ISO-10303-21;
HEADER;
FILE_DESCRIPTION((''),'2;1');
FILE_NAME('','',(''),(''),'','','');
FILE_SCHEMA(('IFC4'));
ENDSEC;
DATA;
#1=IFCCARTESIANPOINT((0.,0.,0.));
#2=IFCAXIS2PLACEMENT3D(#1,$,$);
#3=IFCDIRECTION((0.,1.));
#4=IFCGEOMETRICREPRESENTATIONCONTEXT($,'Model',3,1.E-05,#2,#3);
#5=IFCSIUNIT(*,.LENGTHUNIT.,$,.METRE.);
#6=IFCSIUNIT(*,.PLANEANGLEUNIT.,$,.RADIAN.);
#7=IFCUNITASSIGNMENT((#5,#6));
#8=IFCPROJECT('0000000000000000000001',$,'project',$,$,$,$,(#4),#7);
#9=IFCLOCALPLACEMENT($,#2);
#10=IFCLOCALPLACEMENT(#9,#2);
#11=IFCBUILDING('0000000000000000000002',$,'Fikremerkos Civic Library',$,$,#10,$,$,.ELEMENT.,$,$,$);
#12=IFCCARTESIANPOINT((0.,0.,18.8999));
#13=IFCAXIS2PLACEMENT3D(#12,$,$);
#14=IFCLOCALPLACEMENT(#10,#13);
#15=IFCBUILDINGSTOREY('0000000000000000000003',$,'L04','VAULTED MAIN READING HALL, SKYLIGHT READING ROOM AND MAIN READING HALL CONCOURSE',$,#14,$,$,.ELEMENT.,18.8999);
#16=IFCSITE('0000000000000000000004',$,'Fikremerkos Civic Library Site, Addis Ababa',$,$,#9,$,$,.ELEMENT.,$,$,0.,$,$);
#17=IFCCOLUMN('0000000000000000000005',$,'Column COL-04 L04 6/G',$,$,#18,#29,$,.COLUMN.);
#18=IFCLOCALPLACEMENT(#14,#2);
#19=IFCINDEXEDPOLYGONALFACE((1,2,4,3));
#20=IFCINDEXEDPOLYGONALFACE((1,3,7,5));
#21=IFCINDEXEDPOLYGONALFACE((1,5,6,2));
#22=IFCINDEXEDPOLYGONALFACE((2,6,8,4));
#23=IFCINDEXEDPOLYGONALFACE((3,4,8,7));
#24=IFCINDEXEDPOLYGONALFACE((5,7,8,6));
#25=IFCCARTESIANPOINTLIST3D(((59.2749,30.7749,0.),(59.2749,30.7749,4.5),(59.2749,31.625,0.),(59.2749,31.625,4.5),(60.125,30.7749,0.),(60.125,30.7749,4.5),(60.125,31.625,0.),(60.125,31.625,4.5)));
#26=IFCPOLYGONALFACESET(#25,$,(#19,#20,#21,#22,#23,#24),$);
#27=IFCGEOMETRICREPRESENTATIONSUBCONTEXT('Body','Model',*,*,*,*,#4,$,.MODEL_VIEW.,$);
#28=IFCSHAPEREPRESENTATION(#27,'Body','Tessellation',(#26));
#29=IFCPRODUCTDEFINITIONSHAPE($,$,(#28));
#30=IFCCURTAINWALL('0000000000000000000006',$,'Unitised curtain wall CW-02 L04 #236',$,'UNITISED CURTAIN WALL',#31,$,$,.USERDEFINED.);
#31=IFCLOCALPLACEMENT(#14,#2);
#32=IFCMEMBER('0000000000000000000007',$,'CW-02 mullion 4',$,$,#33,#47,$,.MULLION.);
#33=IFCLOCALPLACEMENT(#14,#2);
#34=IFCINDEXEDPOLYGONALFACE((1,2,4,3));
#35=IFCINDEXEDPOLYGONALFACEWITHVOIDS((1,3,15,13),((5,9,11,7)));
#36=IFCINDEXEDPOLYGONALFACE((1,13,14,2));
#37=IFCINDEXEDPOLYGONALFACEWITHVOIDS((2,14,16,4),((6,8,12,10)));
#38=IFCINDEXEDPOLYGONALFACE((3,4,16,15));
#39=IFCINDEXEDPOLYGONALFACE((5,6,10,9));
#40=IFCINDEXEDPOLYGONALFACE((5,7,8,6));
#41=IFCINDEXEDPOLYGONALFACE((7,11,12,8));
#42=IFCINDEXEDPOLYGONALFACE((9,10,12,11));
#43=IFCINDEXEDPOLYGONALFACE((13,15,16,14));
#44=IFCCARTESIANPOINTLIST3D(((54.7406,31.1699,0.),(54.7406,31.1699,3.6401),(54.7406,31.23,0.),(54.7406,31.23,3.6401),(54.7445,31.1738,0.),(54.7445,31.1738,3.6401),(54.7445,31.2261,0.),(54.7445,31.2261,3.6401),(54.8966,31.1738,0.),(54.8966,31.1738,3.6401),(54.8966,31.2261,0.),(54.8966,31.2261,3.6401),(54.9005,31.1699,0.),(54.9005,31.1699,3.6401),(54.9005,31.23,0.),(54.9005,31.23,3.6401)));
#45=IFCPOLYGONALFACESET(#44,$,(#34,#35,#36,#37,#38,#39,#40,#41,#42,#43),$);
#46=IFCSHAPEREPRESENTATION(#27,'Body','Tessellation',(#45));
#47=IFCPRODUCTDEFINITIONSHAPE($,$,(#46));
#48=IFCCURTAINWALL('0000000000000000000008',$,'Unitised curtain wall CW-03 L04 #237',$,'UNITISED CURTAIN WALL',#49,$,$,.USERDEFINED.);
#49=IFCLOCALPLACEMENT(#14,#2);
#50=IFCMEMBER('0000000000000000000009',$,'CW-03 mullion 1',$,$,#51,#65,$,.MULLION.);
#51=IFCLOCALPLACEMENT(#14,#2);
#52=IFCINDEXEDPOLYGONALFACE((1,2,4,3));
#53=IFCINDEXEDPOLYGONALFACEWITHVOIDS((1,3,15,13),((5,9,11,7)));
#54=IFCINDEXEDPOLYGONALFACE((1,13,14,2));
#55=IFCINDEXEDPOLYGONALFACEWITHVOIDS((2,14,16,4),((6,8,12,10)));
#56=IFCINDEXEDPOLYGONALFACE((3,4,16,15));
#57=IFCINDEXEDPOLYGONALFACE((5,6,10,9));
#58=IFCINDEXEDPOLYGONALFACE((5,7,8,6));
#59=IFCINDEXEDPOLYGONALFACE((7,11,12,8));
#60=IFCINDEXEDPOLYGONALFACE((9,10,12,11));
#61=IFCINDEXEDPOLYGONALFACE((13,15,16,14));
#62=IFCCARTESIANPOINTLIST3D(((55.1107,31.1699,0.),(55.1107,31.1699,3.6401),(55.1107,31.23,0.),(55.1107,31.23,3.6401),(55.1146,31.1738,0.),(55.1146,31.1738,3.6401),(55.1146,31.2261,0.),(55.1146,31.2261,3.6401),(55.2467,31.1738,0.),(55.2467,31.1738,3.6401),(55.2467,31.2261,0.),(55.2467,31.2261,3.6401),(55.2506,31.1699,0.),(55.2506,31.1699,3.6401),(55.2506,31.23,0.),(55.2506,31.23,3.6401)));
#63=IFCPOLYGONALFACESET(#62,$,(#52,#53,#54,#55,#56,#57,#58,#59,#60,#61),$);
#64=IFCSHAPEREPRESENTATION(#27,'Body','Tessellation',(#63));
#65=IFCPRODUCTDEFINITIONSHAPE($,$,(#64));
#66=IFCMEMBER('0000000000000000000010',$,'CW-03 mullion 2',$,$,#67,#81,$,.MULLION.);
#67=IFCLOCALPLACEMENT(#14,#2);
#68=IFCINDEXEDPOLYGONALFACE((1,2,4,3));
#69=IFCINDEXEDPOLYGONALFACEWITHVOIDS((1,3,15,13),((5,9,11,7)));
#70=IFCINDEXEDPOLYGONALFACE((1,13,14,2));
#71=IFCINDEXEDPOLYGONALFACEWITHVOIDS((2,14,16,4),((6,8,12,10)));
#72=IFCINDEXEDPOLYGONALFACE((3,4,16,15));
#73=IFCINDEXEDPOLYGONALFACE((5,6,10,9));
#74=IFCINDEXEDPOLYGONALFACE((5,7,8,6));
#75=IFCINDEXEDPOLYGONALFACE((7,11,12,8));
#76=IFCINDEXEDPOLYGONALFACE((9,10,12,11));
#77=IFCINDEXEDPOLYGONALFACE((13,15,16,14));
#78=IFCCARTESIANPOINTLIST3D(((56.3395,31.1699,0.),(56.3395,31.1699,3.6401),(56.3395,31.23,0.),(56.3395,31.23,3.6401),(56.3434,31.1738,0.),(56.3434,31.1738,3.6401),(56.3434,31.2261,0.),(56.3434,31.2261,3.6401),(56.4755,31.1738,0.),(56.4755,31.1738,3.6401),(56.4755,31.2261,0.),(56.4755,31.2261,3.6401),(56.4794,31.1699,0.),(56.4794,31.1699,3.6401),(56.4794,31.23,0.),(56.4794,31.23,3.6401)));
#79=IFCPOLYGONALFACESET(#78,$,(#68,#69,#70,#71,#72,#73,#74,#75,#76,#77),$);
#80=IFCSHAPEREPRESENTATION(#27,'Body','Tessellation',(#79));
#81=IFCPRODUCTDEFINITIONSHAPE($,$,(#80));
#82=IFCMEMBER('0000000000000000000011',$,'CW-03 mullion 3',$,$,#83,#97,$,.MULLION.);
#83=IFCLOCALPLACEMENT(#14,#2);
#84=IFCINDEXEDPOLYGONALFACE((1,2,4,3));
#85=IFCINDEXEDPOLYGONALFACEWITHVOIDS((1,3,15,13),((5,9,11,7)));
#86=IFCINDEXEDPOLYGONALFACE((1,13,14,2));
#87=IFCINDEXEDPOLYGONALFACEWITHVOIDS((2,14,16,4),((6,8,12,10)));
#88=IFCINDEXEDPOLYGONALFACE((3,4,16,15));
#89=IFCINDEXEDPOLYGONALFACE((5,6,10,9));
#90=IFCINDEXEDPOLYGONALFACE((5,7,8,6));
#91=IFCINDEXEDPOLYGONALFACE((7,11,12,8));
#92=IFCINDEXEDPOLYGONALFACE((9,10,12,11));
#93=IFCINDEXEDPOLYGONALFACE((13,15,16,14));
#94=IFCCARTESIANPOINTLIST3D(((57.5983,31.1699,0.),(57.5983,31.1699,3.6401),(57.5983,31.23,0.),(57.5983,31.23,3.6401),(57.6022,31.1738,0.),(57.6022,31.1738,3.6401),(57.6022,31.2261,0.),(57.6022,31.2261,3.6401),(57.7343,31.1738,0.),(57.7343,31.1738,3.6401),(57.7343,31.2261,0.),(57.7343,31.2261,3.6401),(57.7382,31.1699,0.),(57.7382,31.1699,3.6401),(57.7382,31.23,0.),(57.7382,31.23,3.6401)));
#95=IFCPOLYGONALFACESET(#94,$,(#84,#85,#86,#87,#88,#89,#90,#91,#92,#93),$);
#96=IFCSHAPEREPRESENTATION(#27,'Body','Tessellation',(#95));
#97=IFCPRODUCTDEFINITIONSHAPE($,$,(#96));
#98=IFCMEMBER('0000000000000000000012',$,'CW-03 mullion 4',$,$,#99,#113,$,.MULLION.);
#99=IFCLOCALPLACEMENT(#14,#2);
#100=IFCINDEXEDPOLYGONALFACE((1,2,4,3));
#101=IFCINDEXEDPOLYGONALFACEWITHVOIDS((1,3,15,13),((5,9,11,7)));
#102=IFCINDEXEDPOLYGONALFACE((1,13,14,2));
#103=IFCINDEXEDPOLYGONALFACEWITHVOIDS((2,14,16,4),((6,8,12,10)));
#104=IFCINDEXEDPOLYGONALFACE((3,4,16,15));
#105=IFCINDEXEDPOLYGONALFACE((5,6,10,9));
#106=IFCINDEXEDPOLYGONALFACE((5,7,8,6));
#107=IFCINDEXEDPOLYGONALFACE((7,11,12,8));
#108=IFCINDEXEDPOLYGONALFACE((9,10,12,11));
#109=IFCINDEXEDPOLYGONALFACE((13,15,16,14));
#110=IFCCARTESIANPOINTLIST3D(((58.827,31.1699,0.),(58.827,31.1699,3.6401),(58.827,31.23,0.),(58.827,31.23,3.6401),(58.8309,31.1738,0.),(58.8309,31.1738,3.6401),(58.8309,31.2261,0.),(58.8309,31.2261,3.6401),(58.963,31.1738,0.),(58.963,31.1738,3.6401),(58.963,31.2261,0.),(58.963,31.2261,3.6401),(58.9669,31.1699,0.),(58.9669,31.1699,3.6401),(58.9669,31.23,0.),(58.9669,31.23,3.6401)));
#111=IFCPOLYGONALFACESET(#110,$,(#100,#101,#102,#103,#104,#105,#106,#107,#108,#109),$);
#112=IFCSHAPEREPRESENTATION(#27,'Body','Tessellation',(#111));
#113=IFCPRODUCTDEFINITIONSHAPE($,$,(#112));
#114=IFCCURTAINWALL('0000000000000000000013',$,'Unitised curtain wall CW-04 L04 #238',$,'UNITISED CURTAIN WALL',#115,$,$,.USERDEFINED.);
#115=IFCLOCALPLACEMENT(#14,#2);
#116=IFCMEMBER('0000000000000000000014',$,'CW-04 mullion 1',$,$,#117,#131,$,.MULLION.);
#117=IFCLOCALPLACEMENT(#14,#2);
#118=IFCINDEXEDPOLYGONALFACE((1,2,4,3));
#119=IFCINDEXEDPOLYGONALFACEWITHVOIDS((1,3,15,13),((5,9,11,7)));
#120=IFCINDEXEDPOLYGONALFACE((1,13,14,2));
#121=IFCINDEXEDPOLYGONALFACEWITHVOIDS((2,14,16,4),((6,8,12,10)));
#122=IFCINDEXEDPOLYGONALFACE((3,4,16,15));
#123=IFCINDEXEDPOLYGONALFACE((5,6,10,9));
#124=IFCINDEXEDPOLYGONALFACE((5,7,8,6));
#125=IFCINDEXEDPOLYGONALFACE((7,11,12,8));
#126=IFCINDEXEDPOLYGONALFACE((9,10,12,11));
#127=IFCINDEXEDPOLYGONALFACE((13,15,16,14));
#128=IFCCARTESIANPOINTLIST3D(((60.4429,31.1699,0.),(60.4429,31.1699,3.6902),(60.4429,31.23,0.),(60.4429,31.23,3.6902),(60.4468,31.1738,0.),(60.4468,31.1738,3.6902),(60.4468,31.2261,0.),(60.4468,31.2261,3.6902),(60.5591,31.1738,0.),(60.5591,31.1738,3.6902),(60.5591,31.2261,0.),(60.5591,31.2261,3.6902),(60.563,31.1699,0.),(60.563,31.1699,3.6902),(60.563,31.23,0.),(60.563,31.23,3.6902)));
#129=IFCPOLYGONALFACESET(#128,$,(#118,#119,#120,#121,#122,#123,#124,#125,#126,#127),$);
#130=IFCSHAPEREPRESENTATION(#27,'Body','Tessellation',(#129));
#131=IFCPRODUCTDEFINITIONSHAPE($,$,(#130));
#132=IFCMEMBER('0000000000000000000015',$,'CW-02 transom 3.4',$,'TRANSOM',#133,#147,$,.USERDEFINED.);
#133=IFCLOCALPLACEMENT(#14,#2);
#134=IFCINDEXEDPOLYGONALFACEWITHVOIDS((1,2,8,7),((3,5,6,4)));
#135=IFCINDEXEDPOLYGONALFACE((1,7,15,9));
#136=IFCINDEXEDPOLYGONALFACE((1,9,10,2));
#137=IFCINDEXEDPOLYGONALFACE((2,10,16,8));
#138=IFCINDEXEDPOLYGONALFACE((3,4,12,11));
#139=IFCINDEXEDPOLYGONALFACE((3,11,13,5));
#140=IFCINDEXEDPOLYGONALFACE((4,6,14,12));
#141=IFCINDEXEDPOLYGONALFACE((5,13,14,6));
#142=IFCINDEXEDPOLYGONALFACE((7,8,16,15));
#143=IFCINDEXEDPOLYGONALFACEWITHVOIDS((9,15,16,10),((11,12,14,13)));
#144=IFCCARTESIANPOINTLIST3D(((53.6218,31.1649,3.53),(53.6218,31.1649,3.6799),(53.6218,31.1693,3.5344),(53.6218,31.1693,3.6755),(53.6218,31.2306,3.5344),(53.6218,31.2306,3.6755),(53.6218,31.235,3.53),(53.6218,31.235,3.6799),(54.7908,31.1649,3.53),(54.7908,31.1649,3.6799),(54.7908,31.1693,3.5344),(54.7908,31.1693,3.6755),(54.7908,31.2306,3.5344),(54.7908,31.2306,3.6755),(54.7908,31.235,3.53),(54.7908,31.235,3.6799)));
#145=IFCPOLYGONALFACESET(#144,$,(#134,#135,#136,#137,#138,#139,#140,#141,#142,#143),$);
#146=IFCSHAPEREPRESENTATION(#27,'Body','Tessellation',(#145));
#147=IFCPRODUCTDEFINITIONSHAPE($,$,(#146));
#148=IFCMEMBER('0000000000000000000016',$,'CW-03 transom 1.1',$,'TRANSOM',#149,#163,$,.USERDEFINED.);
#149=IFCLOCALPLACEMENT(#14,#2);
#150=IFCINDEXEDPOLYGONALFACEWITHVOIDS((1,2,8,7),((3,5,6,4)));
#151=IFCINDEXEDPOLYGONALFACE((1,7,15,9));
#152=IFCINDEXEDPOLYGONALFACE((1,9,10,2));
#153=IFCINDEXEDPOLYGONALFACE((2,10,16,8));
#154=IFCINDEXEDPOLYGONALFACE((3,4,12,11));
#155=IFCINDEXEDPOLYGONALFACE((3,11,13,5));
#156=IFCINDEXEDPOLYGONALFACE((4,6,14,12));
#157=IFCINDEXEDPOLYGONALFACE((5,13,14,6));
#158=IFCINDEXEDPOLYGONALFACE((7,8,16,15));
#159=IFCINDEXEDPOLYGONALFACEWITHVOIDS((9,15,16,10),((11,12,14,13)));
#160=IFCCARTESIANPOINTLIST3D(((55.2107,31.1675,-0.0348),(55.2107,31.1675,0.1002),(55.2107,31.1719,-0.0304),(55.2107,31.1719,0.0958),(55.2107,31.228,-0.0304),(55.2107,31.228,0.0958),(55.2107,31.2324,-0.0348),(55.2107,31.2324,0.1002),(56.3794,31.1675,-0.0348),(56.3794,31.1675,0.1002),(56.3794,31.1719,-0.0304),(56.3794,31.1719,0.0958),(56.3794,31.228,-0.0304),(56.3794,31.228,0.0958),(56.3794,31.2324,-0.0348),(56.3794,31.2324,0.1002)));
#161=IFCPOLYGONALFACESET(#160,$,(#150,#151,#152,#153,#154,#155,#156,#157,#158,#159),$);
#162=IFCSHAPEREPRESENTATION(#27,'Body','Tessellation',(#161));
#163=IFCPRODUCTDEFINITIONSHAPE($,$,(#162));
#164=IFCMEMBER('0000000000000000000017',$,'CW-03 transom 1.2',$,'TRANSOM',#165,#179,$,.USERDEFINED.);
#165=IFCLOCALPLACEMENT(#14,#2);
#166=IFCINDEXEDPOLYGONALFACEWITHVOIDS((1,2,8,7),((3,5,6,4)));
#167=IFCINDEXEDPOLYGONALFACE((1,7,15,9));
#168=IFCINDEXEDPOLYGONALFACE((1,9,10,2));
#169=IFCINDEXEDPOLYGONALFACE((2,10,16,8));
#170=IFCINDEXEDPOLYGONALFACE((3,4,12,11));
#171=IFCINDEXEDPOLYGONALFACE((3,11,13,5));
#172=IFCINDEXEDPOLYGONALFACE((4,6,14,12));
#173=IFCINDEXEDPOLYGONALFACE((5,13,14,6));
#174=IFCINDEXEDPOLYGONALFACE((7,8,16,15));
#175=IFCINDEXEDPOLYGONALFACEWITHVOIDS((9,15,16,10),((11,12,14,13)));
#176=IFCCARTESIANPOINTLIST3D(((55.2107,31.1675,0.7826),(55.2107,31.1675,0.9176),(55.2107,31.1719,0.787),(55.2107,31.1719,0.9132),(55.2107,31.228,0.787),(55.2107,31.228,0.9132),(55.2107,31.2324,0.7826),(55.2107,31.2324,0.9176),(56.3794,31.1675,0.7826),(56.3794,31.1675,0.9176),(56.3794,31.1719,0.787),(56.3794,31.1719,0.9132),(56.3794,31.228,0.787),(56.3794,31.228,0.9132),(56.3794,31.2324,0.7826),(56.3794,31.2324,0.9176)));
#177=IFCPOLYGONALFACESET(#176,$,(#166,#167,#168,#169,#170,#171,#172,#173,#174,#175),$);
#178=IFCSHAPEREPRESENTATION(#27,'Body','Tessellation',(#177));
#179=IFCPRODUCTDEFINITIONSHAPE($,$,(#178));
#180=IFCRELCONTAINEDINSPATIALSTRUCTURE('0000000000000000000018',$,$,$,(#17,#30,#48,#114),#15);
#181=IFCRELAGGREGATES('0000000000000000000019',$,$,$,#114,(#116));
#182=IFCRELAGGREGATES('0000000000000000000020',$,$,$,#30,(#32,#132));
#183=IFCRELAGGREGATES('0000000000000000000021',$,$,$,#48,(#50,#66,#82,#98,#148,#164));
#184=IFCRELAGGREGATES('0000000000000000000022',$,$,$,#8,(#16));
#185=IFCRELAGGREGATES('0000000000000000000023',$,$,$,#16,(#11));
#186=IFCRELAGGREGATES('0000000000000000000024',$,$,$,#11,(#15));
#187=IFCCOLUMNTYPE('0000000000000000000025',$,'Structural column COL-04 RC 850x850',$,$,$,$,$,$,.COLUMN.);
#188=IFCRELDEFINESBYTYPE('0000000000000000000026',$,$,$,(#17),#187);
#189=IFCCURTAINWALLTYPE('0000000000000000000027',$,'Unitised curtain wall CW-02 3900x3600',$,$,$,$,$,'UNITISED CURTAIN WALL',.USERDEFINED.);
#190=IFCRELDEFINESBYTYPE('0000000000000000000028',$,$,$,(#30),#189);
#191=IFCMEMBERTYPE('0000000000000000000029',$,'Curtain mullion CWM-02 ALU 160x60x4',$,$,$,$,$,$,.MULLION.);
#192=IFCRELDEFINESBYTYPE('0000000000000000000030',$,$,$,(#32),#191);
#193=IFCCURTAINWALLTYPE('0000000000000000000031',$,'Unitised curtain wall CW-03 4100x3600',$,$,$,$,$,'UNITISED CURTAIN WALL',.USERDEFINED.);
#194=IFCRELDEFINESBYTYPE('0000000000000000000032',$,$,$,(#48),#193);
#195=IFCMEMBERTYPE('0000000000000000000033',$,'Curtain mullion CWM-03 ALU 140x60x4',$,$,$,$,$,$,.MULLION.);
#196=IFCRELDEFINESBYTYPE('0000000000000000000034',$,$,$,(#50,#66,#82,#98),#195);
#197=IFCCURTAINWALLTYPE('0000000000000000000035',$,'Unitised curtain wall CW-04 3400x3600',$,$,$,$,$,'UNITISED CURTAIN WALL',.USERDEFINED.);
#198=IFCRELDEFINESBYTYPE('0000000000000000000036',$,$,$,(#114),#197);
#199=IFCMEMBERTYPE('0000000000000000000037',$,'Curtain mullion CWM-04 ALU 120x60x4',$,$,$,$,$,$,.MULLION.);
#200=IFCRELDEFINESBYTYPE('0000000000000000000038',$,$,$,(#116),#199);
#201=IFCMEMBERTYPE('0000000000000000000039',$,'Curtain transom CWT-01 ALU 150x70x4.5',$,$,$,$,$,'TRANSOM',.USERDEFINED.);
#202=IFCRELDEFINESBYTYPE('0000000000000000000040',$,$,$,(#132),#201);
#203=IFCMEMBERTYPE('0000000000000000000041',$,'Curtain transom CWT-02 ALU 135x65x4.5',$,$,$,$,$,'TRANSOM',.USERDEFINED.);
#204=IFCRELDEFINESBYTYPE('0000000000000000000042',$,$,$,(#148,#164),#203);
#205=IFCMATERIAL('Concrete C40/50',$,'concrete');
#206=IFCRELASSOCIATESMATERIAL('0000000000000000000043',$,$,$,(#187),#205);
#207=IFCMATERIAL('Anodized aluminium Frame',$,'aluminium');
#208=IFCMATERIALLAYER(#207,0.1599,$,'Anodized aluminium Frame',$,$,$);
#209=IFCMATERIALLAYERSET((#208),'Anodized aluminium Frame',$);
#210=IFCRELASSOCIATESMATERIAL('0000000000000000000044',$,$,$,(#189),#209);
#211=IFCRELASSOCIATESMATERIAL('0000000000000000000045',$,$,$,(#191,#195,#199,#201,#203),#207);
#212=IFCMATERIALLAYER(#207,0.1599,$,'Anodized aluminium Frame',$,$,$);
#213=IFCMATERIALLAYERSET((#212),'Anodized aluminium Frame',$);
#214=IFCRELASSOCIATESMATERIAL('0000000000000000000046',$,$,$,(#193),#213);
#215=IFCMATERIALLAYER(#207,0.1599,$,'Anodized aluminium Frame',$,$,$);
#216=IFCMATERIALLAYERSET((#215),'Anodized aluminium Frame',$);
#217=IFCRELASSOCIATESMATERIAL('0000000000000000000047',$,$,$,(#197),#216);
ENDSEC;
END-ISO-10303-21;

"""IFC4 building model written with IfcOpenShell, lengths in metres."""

from ifc_helpers import new_model, si_unit, direction, frame, origin, origin_2d, place, context, subcontext, project, spatial, rectangle, hollow_rectangle, extrude, material, layer, layer_set, material_profile, profile_set, type_object, element, aggregate, save


model = new_model("IFC4")

# Units and contexts
model_context = context("Model", 3, precision=1e-05, world=origin(), true_north=direction((0.0, 1.0)))
body_context = subcontext(model_context, "Body", "Model", "MODEL_VIEW")
ifc_project = project(units=[si_unit("LENGTHUNIT", "METRE"), si_unit("PLANEANGLEUNIT", "RADIAN")], contexts=[model_context])

# Site, building, storey
site_placement = place(None, origin())
site = spatial("IfcSite", under=ifc_project, at=site_placement, Name="Fikremerkos Civic Library Site, Addis Ababa", CompositionType="ELEMENT", RefElevation=0.0)
building_placement = place(site_placement, origin())
building = spatial("IfcBuilding", under=site, at=building_placement, Name="Fikremerkos Civic Library", CompositionType="ELEMENT")
storey_placement = place(building_placement, frame((0.0, 0.0, 18.8999)))
storey = spatial("IfcBuildingStorey", under=building, at=storey_placement, Name="L04", Description="VAULTED MAIN READING HALL, SKYLIGHT READING ROOM AND MAIN READING HALL CONCOURSE", CompositionType="ELEMENT", Elevation=18.8999)

# Column
ifc_material_1 = material(Name="Concrete C40/50", Category="concrete")
ifc_material_profile_1 = material_profile(ifc_material_1, rectangle(XDim=0.8501, YDim=0.8501, at=origin_2d()), Name="RC 850x850")
ifc_profile_set_1 = profile_set([ifc_material_profile_1], Name="Concrete C40/50")
column_type = type_object("IfcColumnType", Name="Structural column COL-04 RC 850x850", PredefinedType="COLUMN", material=ifc_profile_set_1)
column_placement = place(storey_placement, frame((59.7, 31.2, 0.0), z_axis=(0.0, 0.0, 1.0), x_axis=(1.0, 0.0, 0.0)))
element("IfcColumn", 1, at=column_placement, inside=storey, type_object=column_type, Name="Column COL-04 L04 6/G", PredefinedType="COLUMN", context=body_context, shape_type="SweptSolid", body=[
    extrude(rectangle(XDim=0.8501, YDim=0.8501, at=origin_2d()), origin(), (0.0, 0.0, 1.0), 4.5),
])

# Curtain wall, member
ifc_material_2 = material(Name="Anodized aluminium Frame", Category="aluminium")
ifc_layer_1 = layer(ifc_material_2, 0.1599, Name="Anodized aluminium Frame")
ifc_layer_set_1 = layer_set([ifc_layer_1], Name="Anodized aluminium Frame")
curtain_wall_type_1 = type_object("IfcCurtainWallType", Name="Unitised curtain wall CW-02 3900x3600", ElementType="UNITISED CURTAIN WALL", PredefinedType="USERDEFINED", material=ifc_layer_set_1)
curtain_wall_1_placement = place(storey_placement, origin())
curtain_wall_1 = element("IfcCurtainWall", 2, at=curtain_wall_1_placement, inside=storey, type_object=curtain_wall_type_1, Name="Unitised curtain wall CW-02 L04 #236", ObjectType="UNITISED CURTAIN WALL", PredefinedType="USERDEFINED")
ifc_material_profile_2 = material_profile(ifc_material_2, hollow_rectangle(XDim=0.0601, YDim=0.1599, WallThickness=0.0039, at=origin_2d()), Name="ALU 160x60x4")
ifc_profile_set_2 = profile_set([ifc_material_profile_2], Name="Anodized aluminium Frame")
member_type_1 = type_object("IfcMemberType", Name="Curtain mullion CWM-02 ALU 160x60x4", PredefinedType="MULLION", material=ifc_profile_set_2)
member_1_placement = place(storey_placement, frame((54.8206, 31.2, 0.0), z_axis=(0.0, 0.0, 1.0), x_axis=(0.0, 1.0, 0.0)))
member_1 = element("IfcMember", 3, at=member_1_placement, type_object=member_type_1, Name="CW-02 mullion 4", PredefinedType="MULLION", context=body_context, shape_type="SweptSolid", body=[
    extrude(hollow_rectangle(XDim=0.0601, YDim=0.1599, WallThickness=0.0039, at=origin_2d()), origin(), (0.0, 0.0, 1.0), 3.6401),
])

# Curtain wall, members
ifc_layer_2 = layer(ifc_material_2, 0.1599, Name="Anodized aluminium Frame")
ifc_layer_set_2 = layer_set([ifc_layer_2], Name="Anodized aluminium Frame")
curtain_wall_type_2 = type_object("IfcCurtainWallType", Name="Unitised curtain wall CW-03 4100x3600", ElementType="UNITISED CURTAIN WALL", PredefinedType="USERDEFINED", material=ifc_layer_set_2)
curtain_wall_2_placement = place(storey_placement, origin())
curtain_wall_2 = element("IfcCurtainWall", 4, at=curtain_wall_2_placement, inside=storey, type_object=curtain_wall_type_2, Name="Unitised curtain wall CW-03 L04 #237", ObjectType="UNITISED CURTAIN WALL", PredefinedType="USERDEFINED")
ifc_material_profile_3 = material_profile(ifc_material_2, hollow_rectangle(XDim=0.0601, YDim=0.1399, WallThickness=0.0039, at=origin_2d()), Name="ALU 140x60x4")
ifc_profile_set_3 = profile_set([ifc_material_profile_3], Name="Anodized aluminium Frame")
member_type_2 = type_object("IfcMemberType", Name="Curtain mullion CWM-03 ALU 140x60x4", PredefinedType="MULLION", material=ifc_profile_set_3)
member_2_placement = place(storey_placement, frame((55.1807, 31.2, 0.0), z_axis=(0.0, 0.0, 1.0), x_axis=(0.0, 1.0, 0.0)))
member_2 = element("IfcMember", 5, at=member_2_placement, type_object=member_type_2, Name="CW-03 mullion 1", PredefinedType="MULLION", context=body_context, shape_type="SweptSolid", body=[
    extrude(hollow_rectangle(XDim=0.0601, YDim=0.1399, WallThickness=0.0039, at=origin_2d()), origin(), (0.0, 0.0, 1.0), 3.6401),
])
member_3_placement = place(storey_placement, frame((56.4094, 31.2, 0.0), z_axis=(0.0, 0.0, 1.0), x_axis=(0.0, 1.0, 0.0)))
member_3 = element("IfcMember", 6, at=member_3_placement, type_object=member_type_2, Name="CW-03 mullion 2", PredefinedType="MULLION", context=body_context, shape_type="SweptSolid", body=[
    extrude(hollow_rectangle(XDim=0.0601, YDim=0.1399, WallThickness=0.0039, at=origin_2d()), origin(), (0.0, 0.0, 1.0), 3.6401),
])
member_4_placement = place(storey_placement, frame((57.6682, 31.2, 0.0), z_axis=(0.0, 0.0, 1.0), x_axis=(0.0, 1.0, 0.0)))
member_4 = element("IfcMember", 7, at=member_4_placement, type_object=member_type_2, Name="CW-03 mullion 3", PredefinedType="MULLION", context=body_context, shape_type="SweptSolid", body=[
    extrude(hollow_rectangle(XDim=0.0601, YDim=0.1399, WallThickness=0.0039, at=origin_2d()), origin(), (0.0, 0.0, 1.0), 3.6401),
])
member_5_placement = place(storey_placement, frame((58.897, 31.2, 0.0), z_axis=(0.0, 0.0, 1.0), x_axis=(0.0, 1.0, 0.0)))
member_5 = element("IfcMember", 8, at=member_5_placement, type_object=member_type_2, Name="CW-03 mullion 4", PredefinedType="MULLION", context=body_context, shape_type="SweptSolid", body=[
    extrude(hollow_rectangle(XDim=0.0601, YDim=0.1399, WallThickness=0.0039, at=origin_2d()), origin(), (0.0, 0.0, 1.0), 3.6401),
])

# Curtain wall, member
ifc_layer_3 = layer(ifc_material_2, 0.1599, Name="Anodized aluminium Frame")
ifc_layer_set_3 = layer_set([ifc_layer_3], Name="Anodized aluminium Frame")
curtain_wall_type_3 = type_object("IfcCurtainWallType", Name="Unitised curtain wall CW-04 3400x3600", ElementType="UNITISED CURTAIN WALL", PredefinedType="USERDEFINED", material=ifc_layer_set_3)
curtain_wall_3_placement = place(storey_placement, origin())
curtain_wall_3 = element("IfcCurtainWall", 9, at=curtain_wall_3_placement, inside=storey, type_object=curtain_wall_type_3, Name="Unitised curtain wall CW-04 L04 #238", ObjectType="UNITISED CURTAIN WALL", PredefinedType="USERDEFINED")
ifc_material_profile_4 = material_profile(ifc_material_2, hollow_rectangle(XDim=0.0601, YDim=0.1201, WallThickness=0.0039, at=origin_2d()), Name="ALU 120x60x4")
ifc_profile_set_4 = profile_set([ifc_material_profile_4], Name="Anodized aluminium Frame")
member_type_3 = type_object("IfcMemberType", Name="Curtain mullion CWM-04 ALU 120x60x4", PredefinedType="MULLION", material=ifc_profile_set_4)
member_6_placement = place(storey_placement, frame((60.5029, 31.2, 0.0), z_axis=(0.0, 0.0, 1.0), x_axis=(0.0, 1.0, 0.0)))
member_6 = element("IfcMember", 10, at=member_6_placement, type_object=member_type_3, Name="CW-04 mullion 1", PredefinedType="MULLION", context=body_context, shape_type="SweptSolid", body=[
    extrude(hollow_rectangle(XDim=0.0601, YDim=0.1201, WallThickness=0.0039, at=origin_2d()), origin(), (0.0, 0.0, 1.0), 3.6902),
])

# Members
ifc_material_profile_5 = material_profile(ifc_material_2, hollow_rectangle(XDim=0.0701, YDim=0.1499, WallThickness=0.0044, at=origin_2d()), Name="ALU 150x70x4.5")
ifc_profile_set_5 = profile_set([ifc_material_profile_5], Name="Anodized aluminium Frame")
member_type_4 = type_object("IfcMemberType", Name="Curtain transom CWT-01 ALU 150x70x4.5", ElementType="TRANSOM", PredefinedType="USERDEFINED", material=ifc_profile_set_5)
member_7_placement = place(storey_placement, frame((53.6218, 31.2, 3.605), z_axis=(1.0, 0.0, 0.0), x_axis=(0.0, 1.0, 0.0)))
member_7 = element("IfcMember", 11, at=member_7_placement, type_object=member_type_4, Name="CW-02 transom 3.4", ObjectType="TRANSOM", PredefinedType="USERDEFINED", context=body_context, shape_type="SweptSolid", body=[
    extrude(hollow_rectangle(XDim=0.0701, YDim=0.1499, WallThickness=0.0044, at=origin_2d()), origin(), (0.0, 0.0, 1.0), 1.1689),
])
ifc_material_profile_6 = material_profile(ifc_material_2, hollow_rectangle(XDim=0.0649, YDim=0.135, WallThickness=0.0044, at=origin_2d()), Name="ALU 135x65x4.5")
ifc_profile_set_6 = profile_set([ifc_material_profile_6], Name="Anodized aluminium Frame")
member_type_5 = type_object("IfcMemberType", Name="Curtain transom CWT-02 ALU 135x65x4.5", ElementType="TRANSOM", PredefinedType="USERDEFINED", material=ifc_profile_set_6)
member_8_placement = place(storey_placement, frame((55.2107, 31.2, 0.0327), z_axis=(1.0, 0.0, 0.0), x_axis=(0.0, 1.0, 0.0)))
member_8 = element("IfcMember", 12, at=member_8_placement, type_object=member_type_5, Name="CW-03 transom 1.1", ObjectType="TRANSOM", PredefinedType="USERDEFINED", context=body_context, shape_type="SweptSolid", body=[
    extrude(hollow_rectangle(XDim=0.0649, YDim=0.135, WallThickness=0.0044, at=origin_2d()), origin(), (0.0, 0.0, 1.0), 1.1687),
])
member_9_placement = place(storey_placement, frame((55.2107, 31.2, 0.8501), z_axis=(1.0, 0.0, 0.0), x_axis=(0.0, 1.0, 0.0)))
member_9 = element("IfcMember", 13, at=member_9_placement, type_object=member_type_5, Name="CW-03 transom 1.2", ObjectType="TRANSOM", PredefinedType="USERDEFINED", context=body_context, shape_type="SweptSolid", body=[
    extrude(hollow_rectangle(XDim=0.0649, YDim=0.135, WallThickness=0.0044, at=origin_2d()), origin(), (0.0, 0.0, 1.0), 1.1687),
])
aggregate(curtain_wall_3, [member_6])

aggregate(curtain_wall_1, [member_1, member_7])
aggregate(curtain_wall_2, [member_2, member_3, member_4, member_5, member_8, member_9])

save(model, "model.ifc")
